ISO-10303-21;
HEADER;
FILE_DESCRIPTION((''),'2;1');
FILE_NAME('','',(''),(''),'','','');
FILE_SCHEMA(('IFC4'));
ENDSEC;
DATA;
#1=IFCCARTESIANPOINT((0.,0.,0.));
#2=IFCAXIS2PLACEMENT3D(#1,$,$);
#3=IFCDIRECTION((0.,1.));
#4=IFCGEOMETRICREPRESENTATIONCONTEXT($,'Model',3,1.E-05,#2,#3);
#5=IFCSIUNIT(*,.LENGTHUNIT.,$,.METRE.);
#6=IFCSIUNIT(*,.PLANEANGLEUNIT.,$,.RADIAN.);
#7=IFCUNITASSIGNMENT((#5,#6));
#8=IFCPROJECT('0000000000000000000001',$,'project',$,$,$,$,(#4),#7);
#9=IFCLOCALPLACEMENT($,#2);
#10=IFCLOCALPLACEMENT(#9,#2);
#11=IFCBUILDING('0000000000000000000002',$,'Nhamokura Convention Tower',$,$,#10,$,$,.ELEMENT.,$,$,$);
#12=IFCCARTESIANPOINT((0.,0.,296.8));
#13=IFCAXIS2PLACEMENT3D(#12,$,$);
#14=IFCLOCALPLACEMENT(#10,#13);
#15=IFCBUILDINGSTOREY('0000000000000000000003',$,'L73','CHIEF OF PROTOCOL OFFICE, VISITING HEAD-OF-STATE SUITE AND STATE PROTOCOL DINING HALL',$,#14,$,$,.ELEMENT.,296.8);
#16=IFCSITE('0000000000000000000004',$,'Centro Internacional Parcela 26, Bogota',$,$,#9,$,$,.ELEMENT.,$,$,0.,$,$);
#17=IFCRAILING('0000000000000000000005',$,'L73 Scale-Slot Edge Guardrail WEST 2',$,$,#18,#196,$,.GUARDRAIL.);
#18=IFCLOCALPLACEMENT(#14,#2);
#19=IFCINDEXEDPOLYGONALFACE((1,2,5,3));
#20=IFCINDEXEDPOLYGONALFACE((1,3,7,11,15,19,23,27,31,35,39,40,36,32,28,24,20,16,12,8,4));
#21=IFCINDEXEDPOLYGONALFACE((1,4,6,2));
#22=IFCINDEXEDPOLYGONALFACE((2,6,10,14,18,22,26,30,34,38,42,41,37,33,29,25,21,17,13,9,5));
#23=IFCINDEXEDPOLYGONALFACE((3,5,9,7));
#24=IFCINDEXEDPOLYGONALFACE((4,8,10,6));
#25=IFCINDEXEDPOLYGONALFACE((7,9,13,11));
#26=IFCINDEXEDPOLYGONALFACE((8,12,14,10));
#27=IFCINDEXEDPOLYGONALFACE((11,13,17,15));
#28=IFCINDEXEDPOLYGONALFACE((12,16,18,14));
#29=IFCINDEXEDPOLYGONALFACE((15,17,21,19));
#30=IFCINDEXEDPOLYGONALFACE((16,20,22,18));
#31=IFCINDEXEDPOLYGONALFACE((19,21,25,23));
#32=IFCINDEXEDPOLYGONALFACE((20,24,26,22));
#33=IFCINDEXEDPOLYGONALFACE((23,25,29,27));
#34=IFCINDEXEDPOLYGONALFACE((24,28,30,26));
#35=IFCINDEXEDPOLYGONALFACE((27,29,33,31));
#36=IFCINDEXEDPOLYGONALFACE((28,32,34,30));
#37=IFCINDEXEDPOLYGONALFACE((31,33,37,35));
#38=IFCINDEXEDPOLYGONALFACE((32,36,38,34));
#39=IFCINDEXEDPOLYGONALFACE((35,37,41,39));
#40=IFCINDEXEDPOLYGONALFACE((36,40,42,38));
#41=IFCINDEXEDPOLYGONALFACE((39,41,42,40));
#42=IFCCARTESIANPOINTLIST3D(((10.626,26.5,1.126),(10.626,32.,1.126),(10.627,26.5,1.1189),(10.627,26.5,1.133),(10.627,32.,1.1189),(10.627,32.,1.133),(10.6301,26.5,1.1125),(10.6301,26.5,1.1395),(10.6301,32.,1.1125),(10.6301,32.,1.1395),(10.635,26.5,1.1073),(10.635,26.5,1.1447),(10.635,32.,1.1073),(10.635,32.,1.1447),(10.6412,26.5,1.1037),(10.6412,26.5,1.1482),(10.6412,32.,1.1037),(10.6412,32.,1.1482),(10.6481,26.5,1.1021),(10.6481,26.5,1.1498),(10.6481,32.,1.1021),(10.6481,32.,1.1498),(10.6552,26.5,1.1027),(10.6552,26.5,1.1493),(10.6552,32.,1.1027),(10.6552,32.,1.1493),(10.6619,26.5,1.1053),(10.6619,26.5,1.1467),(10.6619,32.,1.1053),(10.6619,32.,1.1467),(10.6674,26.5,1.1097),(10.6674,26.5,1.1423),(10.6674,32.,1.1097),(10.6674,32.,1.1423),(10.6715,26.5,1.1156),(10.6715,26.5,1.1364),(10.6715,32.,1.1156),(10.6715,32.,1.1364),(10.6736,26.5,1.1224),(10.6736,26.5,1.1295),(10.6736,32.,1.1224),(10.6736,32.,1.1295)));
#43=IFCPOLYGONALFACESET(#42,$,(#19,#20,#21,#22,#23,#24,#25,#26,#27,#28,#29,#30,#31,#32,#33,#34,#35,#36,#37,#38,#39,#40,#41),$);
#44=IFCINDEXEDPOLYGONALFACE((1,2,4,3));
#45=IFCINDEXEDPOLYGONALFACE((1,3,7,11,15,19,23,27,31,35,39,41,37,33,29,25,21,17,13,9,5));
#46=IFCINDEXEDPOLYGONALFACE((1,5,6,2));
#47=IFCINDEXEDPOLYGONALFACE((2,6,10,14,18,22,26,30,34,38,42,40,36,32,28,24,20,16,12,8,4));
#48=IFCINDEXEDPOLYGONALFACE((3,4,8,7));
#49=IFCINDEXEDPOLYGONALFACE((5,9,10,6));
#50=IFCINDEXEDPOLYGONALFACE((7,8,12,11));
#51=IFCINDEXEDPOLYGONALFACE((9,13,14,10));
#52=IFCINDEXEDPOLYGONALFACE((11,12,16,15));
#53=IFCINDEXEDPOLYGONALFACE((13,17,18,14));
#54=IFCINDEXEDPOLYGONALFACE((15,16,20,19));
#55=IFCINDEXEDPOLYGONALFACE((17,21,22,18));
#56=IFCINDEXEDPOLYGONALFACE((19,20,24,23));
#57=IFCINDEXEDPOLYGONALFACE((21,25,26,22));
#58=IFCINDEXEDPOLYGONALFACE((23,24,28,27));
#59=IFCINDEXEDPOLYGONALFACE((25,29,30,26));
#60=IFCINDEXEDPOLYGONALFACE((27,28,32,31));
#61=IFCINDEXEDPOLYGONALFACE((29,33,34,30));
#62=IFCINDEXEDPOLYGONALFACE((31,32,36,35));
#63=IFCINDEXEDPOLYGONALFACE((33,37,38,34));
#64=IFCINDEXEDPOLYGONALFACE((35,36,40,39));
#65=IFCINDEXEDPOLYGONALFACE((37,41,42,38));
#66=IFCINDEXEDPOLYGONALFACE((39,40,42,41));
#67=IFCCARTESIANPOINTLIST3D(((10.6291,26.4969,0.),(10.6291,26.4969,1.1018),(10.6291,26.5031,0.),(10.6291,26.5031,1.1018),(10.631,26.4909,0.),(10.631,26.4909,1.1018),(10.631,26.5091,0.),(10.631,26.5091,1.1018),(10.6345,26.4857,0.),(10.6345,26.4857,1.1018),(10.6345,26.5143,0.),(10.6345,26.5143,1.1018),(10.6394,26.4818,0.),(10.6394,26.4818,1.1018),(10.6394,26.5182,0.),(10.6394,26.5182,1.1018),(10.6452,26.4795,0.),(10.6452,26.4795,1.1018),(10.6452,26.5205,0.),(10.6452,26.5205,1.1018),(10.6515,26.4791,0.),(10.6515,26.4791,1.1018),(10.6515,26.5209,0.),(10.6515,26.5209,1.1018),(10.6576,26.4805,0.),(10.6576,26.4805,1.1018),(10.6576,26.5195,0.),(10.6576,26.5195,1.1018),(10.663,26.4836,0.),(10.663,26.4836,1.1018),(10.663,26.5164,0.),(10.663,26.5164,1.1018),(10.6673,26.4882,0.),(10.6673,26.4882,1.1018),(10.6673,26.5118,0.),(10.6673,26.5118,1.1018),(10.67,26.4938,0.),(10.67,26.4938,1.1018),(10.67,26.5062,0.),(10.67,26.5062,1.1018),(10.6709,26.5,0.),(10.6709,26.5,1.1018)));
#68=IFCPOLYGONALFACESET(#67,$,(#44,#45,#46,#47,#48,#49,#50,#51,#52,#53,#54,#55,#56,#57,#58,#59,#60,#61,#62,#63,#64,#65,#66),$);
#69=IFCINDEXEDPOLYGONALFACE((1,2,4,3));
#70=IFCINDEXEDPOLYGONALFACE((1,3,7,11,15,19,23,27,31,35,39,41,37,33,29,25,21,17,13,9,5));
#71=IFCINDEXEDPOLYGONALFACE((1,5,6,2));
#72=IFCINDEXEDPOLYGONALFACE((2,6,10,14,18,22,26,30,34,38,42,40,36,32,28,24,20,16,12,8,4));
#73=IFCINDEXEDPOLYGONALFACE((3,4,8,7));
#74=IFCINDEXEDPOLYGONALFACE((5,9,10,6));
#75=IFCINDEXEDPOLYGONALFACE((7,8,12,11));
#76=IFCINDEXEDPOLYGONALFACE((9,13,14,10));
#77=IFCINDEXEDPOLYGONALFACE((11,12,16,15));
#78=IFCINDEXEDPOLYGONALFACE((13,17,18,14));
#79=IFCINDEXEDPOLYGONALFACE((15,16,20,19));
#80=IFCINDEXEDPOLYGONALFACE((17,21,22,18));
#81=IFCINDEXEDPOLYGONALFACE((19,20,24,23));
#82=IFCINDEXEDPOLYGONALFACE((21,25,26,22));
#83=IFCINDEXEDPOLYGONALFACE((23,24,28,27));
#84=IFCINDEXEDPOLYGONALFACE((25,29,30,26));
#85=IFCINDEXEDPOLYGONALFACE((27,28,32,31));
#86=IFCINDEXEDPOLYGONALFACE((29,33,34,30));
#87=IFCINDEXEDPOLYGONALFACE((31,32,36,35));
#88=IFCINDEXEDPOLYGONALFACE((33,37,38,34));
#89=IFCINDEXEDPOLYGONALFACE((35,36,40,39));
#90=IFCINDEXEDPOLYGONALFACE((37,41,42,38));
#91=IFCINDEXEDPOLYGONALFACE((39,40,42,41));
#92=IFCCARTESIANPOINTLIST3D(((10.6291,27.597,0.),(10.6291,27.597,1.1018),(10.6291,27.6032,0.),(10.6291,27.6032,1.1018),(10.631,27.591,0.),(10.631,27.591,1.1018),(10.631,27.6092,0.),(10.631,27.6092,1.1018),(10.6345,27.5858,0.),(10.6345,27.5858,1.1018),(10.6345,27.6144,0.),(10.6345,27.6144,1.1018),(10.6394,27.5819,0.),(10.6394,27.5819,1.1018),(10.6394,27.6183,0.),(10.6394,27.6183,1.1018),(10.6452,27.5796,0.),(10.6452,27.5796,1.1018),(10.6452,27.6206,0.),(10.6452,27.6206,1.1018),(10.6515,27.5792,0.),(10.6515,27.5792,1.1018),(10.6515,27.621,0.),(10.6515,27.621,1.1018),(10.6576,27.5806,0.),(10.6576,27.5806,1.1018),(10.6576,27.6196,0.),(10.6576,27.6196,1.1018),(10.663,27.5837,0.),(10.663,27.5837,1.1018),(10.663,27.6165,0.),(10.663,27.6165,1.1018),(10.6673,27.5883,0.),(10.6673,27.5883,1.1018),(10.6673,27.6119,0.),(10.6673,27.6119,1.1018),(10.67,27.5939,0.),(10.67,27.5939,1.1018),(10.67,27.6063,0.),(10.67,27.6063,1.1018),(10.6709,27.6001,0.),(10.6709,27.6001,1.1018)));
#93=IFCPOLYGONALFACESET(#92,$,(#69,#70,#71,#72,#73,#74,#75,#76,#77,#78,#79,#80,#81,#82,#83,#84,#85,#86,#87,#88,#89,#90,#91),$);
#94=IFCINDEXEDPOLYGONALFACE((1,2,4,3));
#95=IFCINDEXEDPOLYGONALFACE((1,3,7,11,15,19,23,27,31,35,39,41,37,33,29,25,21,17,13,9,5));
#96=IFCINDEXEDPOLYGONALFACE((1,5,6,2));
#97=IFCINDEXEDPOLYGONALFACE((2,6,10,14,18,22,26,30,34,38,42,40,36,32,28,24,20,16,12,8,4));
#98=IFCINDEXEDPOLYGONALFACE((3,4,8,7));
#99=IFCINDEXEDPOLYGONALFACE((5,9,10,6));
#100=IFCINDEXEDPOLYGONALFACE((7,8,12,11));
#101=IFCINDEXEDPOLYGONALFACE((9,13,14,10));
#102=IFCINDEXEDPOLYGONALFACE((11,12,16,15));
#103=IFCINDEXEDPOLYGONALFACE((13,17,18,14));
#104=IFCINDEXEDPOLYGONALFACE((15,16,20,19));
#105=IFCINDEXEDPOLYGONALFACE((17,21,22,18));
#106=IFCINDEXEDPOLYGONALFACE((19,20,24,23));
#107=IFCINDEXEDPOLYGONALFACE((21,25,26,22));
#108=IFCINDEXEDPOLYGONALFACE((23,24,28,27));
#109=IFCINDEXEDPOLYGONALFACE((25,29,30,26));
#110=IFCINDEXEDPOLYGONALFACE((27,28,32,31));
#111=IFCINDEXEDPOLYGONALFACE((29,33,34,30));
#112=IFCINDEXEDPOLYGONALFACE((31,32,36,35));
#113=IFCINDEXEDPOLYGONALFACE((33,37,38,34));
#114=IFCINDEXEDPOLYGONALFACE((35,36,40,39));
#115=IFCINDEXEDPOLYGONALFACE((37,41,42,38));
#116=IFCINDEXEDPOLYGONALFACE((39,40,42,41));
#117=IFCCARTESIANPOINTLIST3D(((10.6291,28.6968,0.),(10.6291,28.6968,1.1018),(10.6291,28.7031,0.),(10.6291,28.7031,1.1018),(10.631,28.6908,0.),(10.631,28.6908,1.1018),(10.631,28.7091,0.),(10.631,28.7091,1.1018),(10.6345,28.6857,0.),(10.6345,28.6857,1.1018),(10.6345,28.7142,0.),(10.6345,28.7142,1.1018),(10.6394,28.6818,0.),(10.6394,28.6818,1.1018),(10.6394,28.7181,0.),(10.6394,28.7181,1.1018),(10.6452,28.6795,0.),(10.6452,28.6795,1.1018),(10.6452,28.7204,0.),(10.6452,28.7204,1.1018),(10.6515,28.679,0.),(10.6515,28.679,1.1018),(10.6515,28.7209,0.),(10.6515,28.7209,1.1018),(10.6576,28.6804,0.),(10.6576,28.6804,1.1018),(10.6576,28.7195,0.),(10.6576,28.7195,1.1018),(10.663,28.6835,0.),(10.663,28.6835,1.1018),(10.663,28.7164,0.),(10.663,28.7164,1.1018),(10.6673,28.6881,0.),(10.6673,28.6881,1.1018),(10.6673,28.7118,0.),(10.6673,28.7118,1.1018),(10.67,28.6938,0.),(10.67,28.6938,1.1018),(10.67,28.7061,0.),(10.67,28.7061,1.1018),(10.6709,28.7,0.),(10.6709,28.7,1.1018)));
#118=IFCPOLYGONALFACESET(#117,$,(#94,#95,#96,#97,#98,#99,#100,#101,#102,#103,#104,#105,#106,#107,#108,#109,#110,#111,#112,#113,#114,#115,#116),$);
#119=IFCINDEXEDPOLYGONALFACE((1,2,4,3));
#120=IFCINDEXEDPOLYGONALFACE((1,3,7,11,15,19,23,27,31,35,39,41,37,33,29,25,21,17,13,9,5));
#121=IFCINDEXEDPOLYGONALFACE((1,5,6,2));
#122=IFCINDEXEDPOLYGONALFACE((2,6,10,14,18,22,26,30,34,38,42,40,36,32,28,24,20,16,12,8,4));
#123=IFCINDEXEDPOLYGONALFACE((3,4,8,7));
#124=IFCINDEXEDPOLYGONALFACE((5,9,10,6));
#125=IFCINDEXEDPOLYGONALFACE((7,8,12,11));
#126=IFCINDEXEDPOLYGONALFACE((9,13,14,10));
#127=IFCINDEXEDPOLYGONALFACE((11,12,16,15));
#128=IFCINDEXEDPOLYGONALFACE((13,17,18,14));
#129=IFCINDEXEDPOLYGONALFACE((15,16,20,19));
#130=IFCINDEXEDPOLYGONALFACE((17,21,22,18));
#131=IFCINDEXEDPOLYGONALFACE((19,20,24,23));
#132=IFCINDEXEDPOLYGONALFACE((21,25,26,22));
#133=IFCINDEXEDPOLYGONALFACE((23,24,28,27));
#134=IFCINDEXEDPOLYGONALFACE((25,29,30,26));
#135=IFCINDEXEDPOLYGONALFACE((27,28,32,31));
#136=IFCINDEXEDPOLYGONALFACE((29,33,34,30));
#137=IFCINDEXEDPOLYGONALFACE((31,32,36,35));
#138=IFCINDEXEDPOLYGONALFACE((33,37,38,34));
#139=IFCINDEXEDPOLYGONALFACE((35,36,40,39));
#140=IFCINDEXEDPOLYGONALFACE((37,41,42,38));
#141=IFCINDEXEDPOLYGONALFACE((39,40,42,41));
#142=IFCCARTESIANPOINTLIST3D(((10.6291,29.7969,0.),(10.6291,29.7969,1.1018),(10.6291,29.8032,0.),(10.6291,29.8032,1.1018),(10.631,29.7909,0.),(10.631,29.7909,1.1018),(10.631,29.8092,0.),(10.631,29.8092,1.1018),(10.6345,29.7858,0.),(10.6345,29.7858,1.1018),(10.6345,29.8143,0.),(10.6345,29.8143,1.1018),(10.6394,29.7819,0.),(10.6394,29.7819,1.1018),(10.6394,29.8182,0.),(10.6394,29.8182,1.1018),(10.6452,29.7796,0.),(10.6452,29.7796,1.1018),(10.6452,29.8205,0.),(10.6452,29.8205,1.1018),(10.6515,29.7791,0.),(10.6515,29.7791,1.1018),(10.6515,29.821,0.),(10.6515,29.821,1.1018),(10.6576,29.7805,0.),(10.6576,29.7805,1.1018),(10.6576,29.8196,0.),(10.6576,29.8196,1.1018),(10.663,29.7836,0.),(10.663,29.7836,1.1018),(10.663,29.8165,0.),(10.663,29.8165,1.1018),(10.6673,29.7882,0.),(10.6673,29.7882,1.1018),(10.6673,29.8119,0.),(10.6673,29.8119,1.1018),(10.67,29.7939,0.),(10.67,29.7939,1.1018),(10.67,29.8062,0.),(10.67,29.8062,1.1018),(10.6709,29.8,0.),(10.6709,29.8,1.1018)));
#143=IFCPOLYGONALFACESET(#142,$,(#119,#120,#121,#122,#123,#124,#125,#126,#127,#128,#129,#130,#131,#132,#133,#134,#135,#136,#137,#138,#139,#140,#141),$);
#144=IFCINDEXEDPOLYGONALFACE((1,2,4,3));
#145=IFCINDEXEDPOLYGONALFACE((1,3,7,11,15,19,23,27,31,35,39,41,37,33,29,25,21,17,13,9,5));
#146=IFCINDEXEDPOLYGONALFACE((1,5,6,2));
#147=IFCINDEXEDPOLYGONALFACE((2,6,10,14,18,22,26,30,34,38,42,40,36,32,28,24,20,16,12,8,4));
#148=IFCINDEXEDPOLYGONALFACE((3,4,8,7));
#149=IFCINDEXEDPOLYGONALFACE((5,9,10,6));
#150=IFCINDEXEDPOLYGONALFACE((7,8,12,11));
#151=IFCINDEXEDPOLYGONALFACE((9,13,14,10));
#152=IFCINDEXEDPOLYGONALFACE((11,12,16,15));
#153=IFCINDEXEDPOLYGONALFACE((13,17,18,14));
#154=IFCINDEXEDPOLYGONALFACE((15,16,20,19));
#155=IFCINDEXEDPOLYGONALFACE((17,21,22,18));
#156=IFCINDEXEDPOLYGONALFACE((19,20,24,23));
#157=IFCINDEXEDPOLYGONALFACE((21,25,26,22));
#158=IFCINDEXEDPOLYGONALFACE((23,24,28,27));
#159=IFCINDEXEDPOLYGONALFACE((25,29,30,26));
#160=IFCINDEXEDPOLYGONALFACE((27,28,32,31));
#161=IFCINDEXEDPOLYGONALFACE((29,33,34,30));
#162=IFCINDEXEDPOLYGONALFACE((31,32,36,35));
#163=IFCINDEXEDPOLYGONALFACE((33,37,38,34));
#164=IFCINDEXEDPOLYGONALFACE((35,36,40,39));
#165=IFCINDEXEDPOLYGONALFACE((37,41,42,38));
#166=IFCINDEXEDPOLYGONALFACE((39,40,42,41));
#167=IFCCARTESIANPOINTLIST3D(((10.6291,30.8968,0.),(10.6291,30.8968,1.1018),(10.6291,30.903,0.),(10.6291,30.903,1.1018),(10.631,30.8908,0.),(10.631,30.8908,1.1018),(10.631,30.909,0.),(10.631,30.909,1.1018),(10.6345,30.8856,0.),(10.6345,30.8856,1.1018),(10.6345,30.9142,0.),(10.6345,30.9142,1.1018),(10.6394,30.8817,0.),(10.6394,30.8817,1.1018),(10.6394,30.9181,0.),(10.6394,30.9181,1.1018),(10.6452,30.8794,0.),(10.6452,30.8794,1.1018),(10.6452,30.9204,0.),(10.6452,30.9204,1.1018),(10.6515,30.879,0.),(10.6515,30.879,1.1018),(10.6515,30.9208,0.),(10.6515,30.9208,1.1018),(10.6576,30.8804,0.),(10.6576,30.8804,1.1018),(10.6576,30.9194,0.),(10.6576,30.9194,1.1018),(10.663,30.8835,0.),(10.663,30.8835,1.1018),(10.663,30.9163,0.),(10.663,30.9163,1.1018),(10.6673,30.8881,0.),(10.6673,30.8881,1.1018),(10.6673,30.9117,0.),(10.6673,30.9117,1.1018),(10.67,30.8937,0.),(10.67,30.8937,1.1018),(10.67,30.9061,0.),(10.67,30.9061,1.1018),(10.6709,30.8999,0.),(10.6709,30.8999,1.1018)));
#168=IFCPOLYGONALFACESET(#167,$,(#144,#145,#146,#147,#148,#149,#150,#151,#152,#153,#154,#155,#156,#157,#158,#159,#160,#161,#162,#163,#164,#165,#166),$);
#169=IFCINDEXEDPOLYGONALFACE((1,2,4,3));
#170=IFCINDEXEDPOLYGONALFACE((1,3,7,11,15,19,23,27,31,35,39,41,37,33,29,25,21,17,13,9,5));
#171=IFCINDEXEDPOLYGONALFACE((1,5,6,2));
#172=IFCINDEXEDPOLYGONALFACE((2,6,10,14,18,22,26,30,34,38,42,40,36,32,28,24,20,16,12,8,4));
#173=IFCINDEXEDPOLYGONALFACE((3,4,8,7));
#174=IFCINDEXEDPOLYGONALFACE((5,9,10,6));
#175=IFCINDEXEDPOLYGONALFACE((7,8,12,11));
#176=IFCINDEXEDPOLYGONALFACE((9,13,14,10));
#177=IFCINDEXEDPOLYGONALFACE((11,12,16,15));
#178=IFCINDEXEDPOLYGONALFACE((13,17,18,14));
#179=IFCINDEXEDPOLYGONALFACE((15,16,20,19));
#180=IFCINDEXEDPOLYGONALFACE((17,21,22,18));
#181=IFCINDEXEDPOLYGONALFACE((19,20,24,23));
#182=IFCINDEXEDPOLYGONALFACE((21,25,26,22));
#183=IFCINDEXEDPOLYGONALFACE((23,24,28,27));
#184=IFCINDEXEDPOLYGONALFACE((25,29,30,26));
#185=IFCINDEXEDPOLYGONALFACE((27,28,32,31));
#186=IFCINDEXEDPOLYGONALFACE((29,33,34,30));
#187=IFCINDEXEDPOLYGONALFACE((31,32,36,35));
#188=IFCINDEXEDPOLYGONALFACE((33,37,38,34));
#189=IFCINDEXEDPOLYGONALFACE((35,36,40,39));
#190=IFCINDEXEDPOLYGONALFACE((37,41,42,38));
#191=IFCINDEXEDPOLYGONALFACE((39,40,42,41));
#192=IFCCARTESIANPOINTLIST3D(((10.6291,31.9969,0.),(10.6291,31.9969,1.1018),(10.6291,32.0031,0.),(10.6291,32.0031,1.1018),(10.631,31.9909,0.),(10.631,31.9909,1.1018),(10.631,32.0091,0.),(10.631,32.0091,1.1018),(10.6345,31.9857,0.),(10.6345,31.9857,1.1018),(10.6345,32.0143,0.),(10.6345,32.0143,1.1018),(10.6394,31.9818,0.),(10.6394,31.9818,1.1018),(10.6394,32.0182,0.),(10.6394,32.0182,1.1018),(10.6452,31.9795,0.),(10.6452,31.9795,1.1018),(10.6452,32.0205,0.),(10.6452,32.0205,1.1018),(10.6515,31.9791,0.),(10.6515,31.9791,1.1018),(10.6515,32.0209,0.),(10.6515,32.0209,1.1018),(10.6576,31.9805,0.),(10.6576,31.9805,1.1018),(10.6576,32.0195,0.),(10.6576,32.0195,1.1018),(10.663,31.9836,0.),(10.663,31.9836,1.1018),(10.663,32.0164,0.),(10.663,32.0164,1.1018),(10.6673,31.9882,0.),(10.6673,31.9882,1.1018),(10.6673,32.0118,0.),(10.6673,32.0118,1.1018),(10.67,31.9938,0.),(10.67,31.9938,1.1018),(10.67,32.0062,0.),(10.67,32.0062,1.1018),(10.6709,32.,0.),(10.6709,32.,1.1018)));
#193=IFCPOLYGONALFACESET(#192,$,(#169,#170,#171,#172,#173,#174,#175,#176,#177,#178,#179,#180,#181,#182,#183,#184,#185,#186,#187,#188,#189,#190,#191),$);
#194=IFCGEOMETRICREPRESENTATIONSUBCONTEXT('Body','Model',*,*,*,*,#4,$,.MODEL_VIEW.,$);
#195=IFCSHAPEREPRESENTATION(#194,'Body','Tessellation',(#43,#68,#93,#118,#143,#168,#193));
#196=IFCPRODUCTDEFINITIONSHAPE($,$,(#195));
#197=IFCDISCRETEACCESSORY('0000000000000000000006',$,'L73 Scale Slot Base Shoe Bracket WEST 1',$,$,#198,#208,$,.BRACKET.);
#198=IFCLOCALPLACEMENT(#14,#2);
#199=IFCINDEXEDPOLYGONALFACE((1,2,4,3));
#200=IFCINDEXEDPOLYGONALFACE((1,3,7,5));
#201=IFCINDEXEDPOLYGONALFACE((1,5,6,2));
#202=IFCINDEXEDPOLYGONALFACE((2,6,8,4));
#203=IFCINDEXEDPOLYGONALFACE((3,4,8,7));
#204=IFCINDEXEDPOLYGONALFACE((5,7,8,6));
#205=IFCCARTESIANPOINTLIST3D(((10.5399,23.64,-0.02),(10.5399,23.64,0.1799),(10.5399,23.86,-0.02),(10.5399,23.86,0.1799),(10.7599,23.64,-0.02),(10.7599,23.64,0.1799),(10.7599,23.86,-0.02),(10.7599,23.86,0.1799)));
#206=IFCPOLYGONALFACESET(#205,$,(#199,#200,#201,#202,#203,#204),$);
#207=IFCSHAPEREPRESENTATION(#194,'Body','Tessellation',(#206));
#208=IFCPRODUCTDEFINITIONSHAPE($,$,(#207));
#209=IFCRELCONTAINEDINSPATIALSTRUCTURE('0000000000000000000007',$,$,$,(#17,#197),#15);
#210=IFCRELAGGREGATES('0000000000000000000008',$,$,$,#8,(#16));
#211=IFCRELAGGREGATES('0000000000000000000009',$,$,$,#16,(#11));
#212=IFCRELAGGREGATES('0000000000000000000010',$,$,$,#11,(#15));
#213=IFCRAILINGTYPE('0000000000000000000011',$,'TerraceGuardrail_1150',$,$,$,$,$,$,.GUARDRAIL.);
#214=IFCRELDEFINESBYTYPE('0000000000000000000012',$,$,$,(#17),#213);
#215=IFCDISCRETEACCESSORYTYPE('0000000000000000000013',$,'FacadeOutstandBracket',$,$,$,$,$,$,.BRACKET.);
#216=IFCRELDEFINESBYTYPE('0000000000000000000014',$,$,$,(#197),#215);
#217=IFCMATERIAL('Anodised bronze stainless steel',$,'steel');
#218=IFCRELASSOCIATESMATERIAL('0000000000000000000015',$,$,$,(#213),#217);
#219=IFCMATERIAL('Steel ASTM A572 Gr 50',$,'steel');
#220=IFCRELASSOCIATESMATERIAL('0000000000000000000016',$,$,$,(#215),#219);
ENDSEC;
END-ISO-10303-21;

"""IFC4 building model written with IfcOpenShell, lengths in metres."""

from ifc_helpers import new_model, si_unit, direction, frame, origin, origin_2d, place, context, subcontext, project, spatial, rectangle, circle, extrude, material, type_object, element, save


model = new_model("IFC4")

# Units and contexts
model_context = context("Model", 3, precision=1e-05, world=origin(), true_north=direction((0.0, 1.0)))
body_context = subcontext(model_context, "Body", "Model", "MODEL_VIEW")
ifc_project = project(units=[si_unit("LENGTHUNIT", "METRE"), si_unit("PLANEANGLEUNIT", "RADIAN")], contexts=[model_context])

# Site, building, storey
site_placement = place(None, origin())
site = spatial("IfcSite", under=ifc_project, at=site_placement, Name="Centro Internacional Parcela 26, Bogota", CompositionType="ELEMENT", RefElevation=0.0)
building_placement = place(site_placement, origin())
building = spatial("IfcBuilding", under=site, at=building_placement, Name="Nhamokura Convention Tower", CompositionType="ELEMENT")
storey_placement = place(building_placement, frame((0.0, 0.0, 296.8)))
storey = spatial("IfcBuildingStorey", under=building, at=storey_placement, Name="L73", Description="CHIEF OF PROTOCOL OFFICE, VISITING HEAD-OF-STATE SUITE AND STATE PROTOCOL DINING HALL", CompositionType="ELEMENT", Elevation=296.8)

# Railing
ifc_material_1 = material(Name="Anodised bronze stainless steel", Category="steel")
railing_type_1 = type_object("IfcRailingType", Name="TerraceGuardrail_1150", PredefinedType="GUARDRAIL", material=ifc_material_1)
for number, where, name in (
    (1, (10.6499, 26.5, 0.0), "L73 Scale-Slot Edge Guardrail WEST 2"),
):
    element("IfcRailing", number, at=place(storey_placement, frame(where)), inside=storey, type_object=railing_type_1, Name=name, PredefinedType="GUARDRAIL", context=body_context, shape_type="SweptSolid", body=[
        extrude(circle(Radius=0.0239, at=origin_2d()), frame((0.0, 0.0, 1.126), z_axis=(0.0, 1.0, 0.0), x_axis=(-1.0, 0.0, 0.0)), (0.0, 0.0, 1.0), 5.5),
        extrude(circle(Radius=0.021, at=origin_2d()), origin(), (0.0, 0.0, 1.0), 1.1018),
        extrude(circle(Radius=0.021, at=origin_2d()), frame((0.0, 1.1001, 0.0)), (0.0, 0.0, 1.0), 1.1018),
        extrude(circle(Radius=0.021, at=origin_2d()), frame((0.0, 2.2, 0.0)), (0.0, 0.0, 1.0), 1.1018),
        extrude(circle(Radius=0.021, at=origin_2d()), frame((0.0, 3.3, 0.0)), (0.0, 0.0, 1.0), 1.1018),
        extrude(circle(Radius=0.021, at=origin_2d()), frame((0.0, 4.3999, 0.0)), (0.0, 0.0, 1.0), 1.1018),
        extrude(circle(Radius=0.021, at=origin_2d()), frame((0.0, 5.5, 0.0)), (0.0, 0.0, 1.0), 1.1018),
    ])

# Discrete accessory
ifc_material_2 = material(Name="Steel ASTM A572 Gr 50", Category="steel")
discrete_accessory_type = type_object("IfcDiscreteAccessoryType", Name="FacadeOutstandBracket", PredefinedType="BRACKET", material=ifc_material_2)
discrete_accessory_placement = place(storey_placement, frame((10.6499, 23.75, -0.02), z_axis=(0.0, 0.0, 1.0), x_axis=(1.0, 0.0, 0.0)))
element("IfcDiscreteAccessory", 2, at=discrete_accessory_placement, inside=storey, type_object=discrete_accessory_type, Name="L73 Scale Slot Base Shoe Bracket WEST 1", PredefinedType="BRACKET", context=body_context, shape_type="SweptSolid", body=[
    extrude(rectangle(XDim=0.22, YDim=0.22, at=origin_2d()), origin(), (0.0, 0.0, 1.0), 0.2),
])

save(model, "model.ifc")
